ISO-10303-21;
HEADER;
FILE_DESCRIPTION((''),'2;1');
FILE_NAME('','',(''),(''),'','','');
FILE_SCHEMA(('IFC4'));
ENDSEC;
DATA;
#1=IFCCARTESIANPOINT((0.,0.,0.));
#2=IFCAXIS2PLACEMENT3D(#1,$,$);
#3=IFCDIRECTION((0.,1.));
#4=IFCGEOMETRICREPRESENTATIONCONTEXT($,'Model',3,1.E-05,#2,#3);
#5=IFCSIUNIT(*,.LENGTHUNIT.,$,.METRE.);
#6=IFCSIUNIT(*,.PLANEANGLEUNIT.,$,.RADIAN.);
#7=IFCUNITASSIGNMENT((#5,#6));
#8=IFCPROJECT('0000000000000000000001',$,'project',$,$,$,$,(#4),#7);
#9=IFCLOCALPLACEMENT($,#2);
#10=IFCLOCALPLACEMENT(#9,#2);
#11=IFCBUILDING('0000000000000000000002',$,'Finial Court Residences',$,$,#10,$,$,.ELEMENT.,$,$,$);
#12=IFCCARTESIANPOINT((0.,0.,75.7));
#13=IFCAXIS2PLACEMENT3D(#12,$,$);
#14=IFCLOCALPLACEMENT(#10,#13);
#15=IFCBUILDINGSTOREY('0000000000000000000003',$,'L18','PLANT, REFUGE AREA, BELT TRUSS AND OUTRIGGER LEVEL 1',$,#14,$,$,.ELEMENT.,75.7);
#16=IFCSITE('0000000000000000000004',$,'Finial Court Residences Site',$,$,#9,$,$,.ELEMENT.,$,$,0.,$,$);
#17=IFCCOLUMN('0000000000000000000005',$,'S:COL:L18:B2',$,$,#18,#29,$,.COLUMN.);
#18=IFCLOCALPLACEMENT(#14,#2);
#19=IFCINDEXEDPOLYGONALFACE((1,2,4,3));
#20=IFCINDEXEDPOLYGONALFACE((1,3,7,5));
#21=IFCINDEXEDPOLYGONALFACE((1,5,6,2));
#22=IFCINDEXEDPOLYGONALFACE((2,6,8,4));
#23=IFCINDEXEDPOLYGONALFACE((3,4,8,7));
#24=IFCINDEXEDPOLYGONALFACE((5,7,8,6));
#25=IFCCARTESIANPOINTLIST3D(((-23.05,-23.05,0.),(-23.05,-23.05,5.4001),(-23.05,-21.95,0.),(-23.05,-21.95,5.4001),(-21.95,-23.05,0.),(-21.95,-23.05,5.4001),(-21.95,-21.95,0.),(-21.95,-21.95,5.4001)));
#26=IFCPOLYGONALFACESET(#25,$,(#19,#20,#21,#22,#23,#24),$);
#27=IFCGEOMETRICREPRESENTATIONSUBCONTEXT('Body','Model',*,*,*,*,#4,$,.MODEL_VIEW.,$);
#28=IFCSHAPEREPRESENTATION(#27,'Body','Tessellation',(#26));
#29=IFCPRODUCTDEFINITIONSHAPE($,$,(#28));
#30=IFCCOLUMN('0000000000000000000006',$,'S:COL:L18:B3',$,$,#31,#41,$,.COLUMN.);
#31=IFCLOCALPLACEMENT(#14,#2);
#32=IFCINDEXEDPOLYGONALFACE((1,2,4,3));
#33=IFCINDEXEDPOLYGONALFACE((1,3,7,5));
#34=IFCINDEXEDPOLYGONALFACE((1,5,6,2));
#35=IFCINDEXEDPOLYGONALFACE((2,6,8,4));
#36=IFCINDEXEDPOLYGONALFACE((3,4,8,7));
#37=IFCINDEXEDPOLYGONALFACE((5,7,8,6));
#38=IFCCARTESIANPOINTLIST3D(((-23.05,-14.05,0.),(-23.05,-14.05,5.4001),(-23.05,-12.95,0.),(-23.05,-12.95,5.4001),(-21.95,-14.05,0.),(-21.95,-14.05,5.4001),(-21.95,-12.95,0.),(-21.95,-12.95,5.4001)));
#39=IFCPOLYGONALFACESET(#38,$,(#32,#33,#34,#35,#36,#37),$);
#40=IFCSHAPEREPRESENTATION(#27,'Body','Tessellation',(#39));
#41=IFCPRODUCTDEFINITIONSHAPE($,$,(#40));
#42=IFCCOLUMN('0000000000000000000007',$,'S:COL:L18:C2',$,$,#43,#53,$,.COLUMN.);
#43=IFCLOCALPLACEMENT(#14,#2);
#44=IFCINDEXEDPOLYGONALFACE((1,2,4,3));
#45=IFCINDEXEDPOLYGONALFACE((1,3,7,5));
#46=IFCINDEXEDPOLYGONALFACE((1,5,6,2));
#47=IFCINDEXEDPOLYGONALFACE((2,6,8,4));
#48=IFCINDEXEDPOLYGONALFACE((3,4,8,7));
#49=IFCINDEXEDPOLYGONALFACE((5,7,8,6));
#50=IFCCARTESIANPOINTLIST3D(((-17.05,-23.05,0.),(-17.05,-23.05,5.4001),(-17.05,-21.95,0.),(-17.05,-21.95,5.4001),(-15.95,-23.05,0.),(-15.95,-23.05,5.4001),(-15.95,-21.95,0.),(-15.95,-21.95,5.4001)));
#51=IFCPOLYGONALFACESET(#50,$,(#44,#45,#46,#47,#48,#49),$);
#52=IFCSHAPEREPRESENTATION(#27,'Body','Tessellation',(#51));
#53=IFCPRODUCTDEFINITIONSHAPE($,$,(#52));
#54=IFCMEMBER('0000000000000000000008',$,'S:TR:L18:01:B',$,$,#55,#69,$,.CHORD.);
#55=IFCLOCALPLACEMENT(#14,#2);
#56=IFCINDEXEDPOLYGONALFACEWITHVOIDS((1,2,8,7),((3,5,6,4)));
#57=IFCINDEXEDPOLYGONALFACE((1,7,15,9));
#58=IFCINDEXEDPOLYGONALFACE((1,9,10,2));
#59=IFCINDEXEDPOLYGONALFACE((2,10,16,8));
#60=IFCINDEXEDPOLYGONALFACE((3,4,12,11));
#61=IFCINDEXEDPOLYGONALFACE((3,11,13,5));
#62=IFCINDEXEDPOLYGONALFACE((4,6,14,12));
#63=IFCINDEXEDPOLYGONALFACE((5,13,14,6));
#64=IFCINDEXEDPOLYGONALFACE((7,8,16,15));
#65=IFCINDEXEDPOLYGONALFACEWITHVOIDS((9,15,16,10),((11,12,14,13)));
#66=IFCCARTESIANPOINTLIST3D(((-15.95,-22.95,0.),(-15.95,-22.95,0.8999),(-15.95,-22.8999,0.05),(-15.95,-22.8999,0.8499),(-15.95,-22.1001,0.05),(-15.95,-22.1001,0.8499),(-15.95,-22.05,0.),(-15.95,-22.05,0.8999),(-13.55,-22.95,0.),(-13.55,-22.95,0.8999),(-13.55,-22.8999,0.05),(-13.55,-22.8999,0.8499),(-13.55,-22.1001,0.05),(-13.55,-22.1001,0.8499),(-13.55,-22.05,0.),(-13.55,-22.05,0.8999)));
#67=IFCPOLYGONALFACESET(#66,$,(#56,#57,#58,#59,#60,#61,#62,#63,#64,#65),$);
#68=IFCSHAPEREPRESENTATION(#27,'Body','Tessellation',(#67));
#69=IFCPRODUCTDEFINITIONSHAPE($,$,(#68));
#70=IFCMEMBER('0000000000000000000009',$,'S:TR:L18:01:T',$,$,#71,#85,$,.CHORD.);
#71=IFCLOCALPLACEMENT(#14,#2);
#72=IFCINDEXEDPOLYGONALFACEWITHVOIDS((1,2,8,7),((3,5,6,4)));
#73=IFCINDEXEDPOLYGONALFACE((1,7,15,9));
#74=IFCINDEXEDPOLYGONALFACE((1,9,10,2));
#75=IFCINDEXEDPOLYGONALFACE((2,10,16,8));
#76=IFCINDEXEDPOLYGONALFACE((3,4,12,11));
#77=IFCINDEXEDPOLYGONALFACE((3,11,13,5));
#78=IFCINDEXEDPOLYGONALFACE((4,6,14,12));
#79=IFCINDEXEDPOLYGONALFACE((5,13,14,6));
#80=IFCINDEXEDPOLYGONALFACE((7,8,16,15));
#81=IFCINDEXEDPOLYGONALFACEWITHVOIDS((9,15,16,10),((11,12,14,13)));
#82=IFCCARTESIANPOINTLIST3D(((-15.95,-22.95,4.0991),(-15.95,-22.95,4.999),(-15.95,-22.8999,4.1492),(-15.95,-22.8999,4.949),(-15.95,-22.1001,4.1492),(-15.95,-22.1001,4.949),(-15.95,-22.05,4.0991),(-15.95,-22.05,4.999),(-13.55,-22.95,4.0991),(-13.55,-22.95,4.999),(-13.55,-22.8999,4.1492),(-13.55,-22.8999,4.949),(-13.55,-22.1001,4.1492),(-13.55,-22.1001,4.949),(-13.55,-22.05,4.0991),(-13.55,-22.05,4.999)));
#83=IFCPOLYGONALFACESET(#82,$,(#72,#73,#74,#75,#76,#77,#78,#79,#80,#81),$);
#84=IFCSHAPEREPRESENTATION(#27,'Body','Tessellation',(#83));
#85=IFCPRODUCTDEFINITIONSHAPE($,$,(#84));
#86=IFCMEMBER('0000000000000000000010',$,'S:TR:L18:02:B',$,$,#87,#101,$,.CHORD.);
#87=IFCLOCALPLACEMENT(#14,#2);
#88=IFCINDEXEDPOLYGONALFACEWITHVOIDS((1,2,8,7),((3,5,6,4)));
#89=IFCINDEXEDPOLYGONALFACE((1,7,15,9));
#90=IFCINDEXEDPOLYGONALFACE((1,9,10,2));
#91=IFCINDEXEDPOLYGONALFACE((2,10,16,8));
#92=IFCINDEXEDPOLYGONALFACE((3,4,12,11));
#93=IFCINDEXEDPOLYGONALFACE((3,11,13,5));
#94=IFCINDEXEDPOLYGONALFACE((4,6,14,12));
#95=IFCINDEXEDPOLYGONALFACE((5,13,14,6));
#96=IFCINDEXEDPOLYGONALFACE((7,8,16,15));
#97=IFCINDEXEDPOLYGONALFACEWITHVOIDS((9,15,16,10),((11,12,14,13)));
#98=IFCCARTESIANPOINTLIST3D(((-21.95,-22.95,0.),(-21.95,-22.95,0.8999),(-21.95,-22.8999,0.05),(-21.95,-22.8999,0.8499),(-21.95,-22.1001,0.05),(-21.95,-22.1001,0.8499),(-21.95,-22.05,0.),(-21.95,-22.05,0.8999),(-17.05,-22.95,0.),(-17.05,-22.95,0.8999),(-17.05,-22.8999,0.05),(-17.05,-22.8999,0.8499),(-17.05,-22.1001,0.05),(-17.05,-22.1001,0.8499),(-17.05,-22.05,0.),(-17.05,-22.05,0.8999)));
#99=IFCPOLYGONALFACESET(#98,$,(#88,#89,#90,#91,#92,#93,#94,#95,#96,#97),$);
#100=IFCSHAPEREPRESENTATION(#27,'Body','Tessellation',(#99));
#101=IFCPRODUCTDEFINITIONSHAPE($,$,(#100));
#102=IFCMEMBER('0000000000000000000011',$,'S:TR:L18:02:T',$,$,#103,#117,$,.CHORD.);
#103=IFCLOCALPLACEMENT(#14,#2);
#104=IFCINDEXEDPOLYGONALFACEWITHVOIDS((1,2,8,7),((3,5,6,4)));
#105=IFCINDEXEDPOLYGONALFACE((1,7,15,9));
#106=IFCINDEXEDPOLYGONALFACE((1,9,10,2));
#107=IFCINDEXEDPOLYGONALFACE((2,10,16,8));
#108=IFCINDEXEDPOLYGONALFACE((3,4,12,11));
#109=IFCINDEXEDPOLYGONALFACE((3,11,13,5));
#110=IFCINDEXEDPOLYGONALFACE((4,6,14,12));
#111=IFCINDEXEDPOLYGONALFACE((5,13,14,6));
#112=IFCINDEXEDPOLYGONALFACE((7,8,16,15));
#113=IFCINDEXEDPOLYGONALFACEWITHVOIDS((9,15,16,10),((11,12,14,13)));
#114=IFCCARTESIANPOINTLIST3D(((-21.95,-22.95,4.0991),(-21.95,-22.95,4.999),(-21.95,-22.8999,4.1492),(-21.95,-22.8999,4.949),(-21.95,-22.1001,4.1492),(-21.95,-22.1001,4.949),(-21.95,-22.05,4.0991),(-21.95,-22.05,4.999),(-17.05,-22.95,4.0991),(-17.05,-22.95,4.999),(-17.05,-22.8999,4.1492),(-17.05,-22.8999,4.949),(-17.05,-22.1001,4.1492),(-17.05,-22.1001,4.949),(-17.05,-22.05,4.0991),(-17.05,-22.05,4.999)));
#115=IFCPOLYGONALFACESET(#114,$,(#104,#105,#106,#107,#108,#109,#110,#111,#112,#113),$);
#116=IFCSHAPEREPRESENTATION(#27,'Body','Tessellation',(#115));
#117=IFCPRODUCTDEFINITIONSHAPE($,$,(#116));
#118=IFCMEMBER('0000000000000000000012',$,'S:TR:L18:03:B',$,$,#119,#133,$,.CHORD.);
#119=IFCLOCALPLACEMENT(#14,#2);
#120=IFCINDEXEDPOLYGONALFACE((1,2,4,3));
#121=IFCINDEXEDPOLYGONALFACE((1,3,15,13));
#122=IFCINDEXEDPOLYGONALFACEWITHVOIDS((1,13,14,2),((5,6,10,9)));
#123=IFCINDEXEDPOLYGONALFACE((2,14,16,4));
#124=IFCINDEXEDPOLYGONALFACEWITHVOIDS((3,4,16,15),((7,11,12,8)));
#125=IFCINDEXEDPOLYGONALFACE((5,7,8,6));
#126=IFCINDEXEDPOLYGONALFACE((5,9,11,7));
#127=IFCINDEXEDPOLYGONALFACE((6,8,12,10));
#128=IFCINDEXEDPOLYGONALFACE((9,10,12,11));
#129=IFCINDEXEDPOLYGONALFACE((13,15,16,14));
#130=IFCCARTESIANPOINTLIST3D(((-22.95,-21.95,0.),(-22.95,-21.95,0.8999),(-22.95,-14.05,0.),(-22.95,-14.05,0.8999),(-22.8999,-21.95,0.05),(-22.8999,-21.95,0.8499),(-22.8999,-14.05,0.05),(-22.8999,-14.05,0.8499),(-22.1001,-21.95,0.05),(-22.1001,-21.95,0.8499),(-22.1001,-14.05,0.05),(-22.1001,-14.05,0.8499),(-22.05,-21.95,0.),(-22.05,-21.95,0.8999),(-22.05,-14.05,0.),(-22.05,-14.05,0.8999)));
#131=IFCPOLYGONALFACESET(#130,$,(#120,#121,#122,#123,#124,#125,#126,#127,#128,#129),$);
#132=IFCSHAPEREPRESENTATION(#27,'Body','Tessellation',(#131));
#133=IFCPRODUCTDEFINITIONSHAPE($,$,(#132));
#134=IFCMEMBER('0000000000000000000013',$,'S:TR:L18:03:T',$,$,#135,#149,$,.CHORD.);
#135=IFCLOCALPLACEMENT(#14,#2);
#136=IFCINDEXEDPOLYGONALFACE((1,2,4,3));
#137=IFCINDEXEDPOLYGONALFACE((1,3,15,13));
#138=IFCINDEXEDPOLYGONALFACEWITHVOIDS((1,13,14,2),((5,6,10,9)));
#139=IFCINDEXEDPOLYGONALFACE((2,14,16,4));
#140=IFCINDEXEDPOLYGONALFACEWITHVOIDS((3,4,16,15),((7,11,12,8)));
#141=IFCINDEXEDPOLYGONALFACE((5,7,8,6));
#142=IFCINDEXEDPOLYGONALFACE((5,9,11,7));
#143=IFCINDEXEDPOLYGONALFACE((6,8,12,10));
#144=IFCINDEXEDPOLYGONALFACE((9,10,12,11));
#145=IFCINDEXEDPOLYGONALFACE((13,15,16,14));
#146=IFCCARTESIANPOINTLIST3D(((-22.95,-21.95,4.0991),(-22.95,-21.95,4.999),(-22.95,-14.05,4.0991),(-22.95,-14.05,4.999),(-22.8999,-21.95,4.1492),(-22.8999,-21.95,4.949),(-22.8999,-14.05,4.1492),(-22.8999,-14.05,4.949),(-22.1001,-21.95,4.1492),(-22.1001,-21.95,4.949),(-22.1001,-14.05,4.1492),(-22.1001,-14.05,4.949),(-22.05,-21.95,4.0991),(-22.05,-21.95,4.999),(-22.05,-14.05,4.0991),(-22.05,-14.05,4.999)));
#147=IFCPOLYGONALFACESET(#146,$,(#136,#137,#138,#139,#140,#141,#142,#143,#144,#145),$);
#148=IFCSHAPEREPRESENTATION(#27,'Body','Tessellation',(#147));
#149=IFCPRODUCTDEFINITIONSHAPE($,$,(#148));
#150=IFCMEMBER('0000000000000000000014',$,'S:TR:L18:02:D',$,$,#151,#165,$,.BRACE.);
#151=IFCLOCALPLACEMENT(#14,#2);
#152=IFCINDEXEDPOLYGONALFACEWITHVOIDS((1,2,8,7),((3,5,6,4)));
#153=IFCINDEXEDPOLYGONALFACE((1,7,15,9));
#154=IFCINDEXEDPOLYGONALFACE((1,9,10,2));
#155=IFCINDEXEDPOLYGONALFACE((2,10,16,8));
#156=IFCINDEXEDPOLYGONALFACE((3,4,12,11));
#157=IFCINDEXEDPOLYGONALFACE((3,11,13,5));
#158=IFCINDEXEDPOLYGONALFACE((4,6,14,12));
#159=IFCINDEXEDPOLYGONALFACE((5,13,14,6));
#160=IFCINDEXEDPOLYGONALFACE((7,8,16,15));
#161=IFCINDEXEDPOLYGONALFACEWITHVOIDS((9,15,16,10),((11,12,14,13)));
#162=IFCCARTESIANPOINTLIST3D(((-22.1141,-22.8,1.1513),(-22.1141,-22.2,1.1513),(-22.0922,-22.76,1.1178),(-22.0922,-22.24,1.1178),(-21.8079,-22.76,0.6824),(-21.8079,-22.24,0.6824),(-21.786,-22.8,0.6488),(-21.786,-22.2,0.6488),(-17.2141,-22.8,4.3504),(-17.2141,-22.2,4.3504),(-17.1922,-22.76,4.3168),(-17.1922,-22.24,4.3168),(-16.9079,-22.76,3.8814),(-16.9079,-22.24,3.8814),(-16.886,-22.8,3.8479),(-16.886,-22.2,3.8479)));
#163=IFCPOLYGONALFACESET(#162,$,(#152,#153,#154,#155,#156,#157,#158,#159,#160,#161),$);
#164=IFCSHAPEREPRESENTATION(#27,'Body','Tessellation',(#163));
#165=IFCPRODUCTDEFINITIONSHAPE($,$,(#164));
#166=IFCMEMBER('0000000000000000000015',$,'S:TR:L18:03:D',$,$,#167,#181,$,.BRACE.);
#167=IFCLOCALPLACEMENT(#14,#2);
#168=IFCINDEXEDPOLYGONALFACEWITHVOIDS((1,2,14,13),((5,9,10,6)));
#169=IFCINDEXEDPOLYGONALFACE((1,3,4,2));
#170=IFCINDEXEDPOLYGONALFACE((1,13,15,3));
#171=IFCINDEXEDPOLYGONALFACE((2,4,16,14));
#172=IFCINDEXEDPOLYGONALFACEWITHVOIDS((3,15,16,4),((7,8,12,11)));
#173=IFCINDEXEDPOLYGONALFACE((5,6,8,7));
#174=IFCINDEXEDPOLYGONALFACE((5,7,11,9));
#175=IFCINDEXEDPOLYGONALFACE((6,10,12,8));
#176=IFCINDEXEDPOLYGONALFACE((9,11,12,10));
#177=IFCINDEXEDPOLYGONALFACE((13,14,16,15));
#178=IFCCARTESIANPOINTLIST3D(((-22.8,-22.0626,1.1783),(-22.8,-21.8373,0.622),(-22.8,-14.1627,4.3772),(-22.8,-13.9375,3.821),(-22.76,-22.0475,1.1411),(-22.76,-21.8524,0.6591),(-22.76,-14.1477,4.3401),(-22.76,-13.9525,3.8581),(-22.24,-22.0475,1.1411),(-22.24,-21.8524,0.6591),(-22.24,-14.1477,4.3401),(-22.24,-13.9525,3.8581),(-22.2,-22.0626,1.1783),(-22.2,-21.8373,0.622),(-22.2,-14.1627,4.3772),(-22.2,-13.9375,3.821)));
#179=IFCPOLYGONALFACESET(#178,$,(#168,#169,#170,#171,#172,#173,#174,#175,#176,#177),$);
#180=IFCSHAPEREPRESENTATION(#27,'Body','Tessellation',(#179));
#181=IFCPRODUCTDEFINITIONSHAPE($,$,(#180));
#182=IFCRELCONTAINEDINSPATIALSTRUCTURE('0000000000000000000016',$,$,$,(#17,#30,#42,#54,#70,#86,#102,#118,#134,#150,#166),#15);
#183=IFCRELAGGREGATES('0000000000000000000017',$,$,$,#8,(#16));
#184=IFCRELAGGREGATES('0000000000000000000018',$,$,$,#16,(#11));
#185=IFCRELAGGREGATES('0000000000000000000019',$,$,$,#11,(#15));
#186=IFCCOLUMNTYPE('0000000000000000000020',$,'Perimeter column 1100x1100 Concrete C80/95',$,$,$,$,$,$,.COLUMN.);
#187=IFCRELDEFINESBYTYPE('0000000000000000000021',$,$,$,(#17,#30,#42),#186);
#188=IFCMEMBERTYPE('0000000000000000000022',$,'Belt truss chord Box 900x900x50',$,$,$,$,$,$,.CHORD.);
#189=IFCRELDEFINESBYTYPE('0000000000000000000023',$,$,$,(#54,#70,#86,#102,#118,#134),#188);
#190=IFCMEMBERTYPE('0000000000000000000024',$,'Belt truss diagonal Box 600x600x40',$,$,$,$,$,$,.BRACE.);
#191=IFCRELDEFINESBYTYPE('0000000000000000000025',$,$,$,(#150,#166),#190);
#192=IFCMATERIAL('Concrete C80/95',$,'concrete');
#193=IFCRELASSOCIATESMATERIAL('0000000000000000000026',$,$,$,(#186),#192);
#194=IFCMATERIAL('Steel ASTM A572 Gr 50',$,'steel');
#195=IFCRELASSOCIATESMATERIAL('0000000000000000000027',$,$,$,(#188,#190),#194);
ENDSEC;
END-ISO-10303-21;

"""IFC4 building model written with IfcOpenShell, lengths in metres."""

from ifc_helpers import new_model, si_unit, direction, frame, origin, origin_2d, place, context, subcontext, project, spatial, rectangle, hollow_rectangle, extrude, material, material_profile, profile_set, type_object, element, save


model = new_model("IFC4")

# Units and contexts
model_context = context("Model", 3, precision=1e-05, world=origin(), true_north=direction((0.0, 1.0)))
body_context = subcontext(model_context, "Body", "Model", "MODEL_VIEW")
ifc_project = project(units=[si_unit("LENGTHUNIT", "METRE"), si_unit("PLANEANGLEUNIT", "RADIAN")], contexts=[model_context])

# Site, building, storey
site_placement = place(None, origin())
site = spatial("IfcSite", under=ifc_project, at=site_placement, Name="Finial Court Residences Site", CompositionType="ELEMENT", RefElevation=0.0)
building_placement = place(site_placement, origin())
building = spatial("IfcBuilding", under=site, at=building_placement, Name="Finial Court Residences", CompositionType="ELEMENT")
storey_placement = place(building_placement, frame((0.0, 0.0, 75.7)))
storey = spatial("IfcBuildingStorey", under=building, at=storey_placement, Name="L18", Description="PLANT, REFUGE AREA, BELT TRUSS AND OUTRIGGER LEVEL 1", CompositionType="ELEMENT", Elevation=75.7)

# Columns
ifc_material_1 = material(Name="Concrete C80/95", Category="concrete")
ifc_material_profile_1 = material_profile(ifc_material_1, rectangle(XDim=1.1001, YDim=1.1001, at=origin_2d()), Name="1100x1100")
ifc_profile_set_1 = profile_set([ifc_material_profile_1], Name="Concrete C80/95")
column_type = type_object("IfcColumnType", Name="Perimeter column 1100x1100 Concrete C80/95", PredefinedType="COLUMN", material=ifc_profile_set_1)
for number, where, z_axis, x_axis, name in (
    (1, (-22.5, -22.5, 0.0), (0.0, 0.0, 1.0), (1.0, 0.0, 0.0), "S:COL:L18:B2"),
    (2, (-22.5, -13.5, 0.0), (0.0, 0.0, 1.0), (1.0, 0.0, 0.0), "S:COL:L18:B3"),
    (3, (-16.5, -22.5, 0.0), (0.0, 0.0, 1.0), (1.0, 0.0, 0.0), "S:COL:L18:C2"),
):
    element("IfcColumn", number, at=place(storey_placement, frame(where, z_axis=z_axis, x_axis=x_axis)), inside=storey, type_object=column_type, Name=name, PredefinedType="COLUMN", context=body_context, shape_type="SweptSolid", body=[
        extrude(rectangle(XDim=1.1001, YDim=1.1001, at=origin_2d()), origin(), (0.0, 0.0, 1.0), 5.4001),
    ])

# Members
ifc_material_2 = material(Name="Steel ASTM A572 Gr 50", Category="steel")
ifc_material_profile_2 = material_profile(ifc_material_2, hollow_rectangle(XDim=0.8999, YDim=0.8999, WallThickness=0.05, at=origin_2d()), Name="Box 900x900x50")
ifc_profile_set_2 = profile_set([ifc_material_profile_2], Name="Steel ASTM A572 Gr 50")
member_type_1 = type_object("IfcMemberType", Name="Belt truss chord Box 900x900x50", PredefinedType="CHORD", material=ifc_profile_set_2)
for number, where, z_axis, x_axis, name in (
    (4, (-13.55, -22.5, 0.45), (-1.0, 0.0, 0.0), (0.0, -1.0, 0.0), "S:TR:L18:01:B"),
    (5, (-13.55, -22.5, 4.5491), (-1.0, 0.0, 0.0), (0.0, -1.0, 0.0), "S:TR:L18:01:T"),
):
    element("IfcMember", number, at=place(storey_placement, frame(where, z_axis=z_axis, x_axis=x_axis)), inside=storey, type_object=member_type_1, Name=name, PredefinedType="CHORD", context=body_context, shape_type="SweptSolid", body=[
        extrude(hollow_rectangle(XDim=0.8999, YDim=0.8999, WallThickness=0.05, at=origin_2d()), origin(), (0.0, 0.0, 1.0), 2.3999),
    ])
for number, where, z_axis, x_axis, name in (
    (6, (-17.05, -22.5, 0.45), (-1.0, 0.0, 0.0), (0.0, -1.0, 0.0), "S:TR:L18:02:B"),
    (7, (-17.05, -22.5, 4.5491), (-1.0, 0.0, 0.0), (0.0, -1.0, 0.0), "S:TR:L18:02:T"),
):
    element("IfcMember", number, at=place(storey_placement, frame(where, z_axis=z_axis, x_axis=x_axis)), inside=storey, type_object=member_type_1, Name=name, PredefinedType="CHORD", context=body_context, shape_type="SweptSolid", body=[
        extrude(hollow_rectangle(XDim=0.8999, YDim=0.8999, WallThickness=0.05, at=origin_2d()), origin(), (0.0, 0.0, 1.0), 4.8999),
    ])
for number, where, z_axis, x_axis, name in (
    (8, (-22.5, -21.95, 0.45), (0.0, 1.0, 0.0), (-1.0, 0.0, 0.0), "S:TR:L18:03:B"),
    (9, (-22.5, -21.95, 4.5491), (0.0, 1.0, 0.0), (-1.0, 0.0, 0.0), "S:TR:L18:03:T"),
):
    element("IfcMember", number, at=place(storey_placement, frame(where, z_axis=z_axis, x_axis=x_axis)), inside=storey, type_object=member_type_1, Name=name, PredefinedType="CHORD", context=body_context, shape_type="SweptSolid", body=[
        extrude(hollow_rectangle(XDim=0.8999, YDim=0.8999, WallThickness=0.05, at=origin_2d()), origin(), (0.0, 0.0, 1.0), 7.8999),
    ])
ifc_material_profile_3 = material_profile(ifc_material_2, hollow_rectangle(XDim=0.6001, YDim=0.6001, WallThickness=0.04, at=origin_2d()), Name="Box 600x600x40")
ifc_profile_set_3 = profile_set([ifc_material_profile_3], Name="Steel ASTM A572 Gr 50")
member_type_2 = type_object("IfcMemberType", Name="Belt truss diagonal Box 600x600x40", PredefinedType="BRACE", material=ifc_profile_set_3)
member_1_placement = place(storey_placement, frame((-17.05, -22.5, 4.0991), z_axis=(-0.837346, 0.0, -0.546674), x_axis=(0.0, -1.0, 0.0)))
element("IfcMember", 10, at=member_1_placement, inside=storey, type_object=member_type_2, Name="S:TR:L18:02:D", PredefinedType="BRACE", context=body_context, shape_type="SweptSolid", body=[
    extrude(hollow_rectangle(XDim=0.6001, YDim=0.6001, WallThickness=0.04, at=origin_2d()), origin(), (0.0, 0.0, 1.0), 5.8518),
])
member_2_placement = place(storey_placement, frame((-22.5, -21.95, 0.9001), z_axis=(0.0, 0.92689, 0.375333), x_axis=(-1.0, 0.0, 0.0)))
element("IfcMember", 11, at=member_2_placement, inside=storey, type_object=member_type_2, Name="S:TR:L18:03:D", PredefinedType="BRACE", context=body_context, shape_type="SweptSolid", body=[
    extrude(hollow_rectangle(XDim=0.6001, YDim=0.6001, WallThickness=0.04, at=origin_2d()), origin(), (0.0, 0.0, 1.0), 8.5229),
])

save(model, "model.ifc")
